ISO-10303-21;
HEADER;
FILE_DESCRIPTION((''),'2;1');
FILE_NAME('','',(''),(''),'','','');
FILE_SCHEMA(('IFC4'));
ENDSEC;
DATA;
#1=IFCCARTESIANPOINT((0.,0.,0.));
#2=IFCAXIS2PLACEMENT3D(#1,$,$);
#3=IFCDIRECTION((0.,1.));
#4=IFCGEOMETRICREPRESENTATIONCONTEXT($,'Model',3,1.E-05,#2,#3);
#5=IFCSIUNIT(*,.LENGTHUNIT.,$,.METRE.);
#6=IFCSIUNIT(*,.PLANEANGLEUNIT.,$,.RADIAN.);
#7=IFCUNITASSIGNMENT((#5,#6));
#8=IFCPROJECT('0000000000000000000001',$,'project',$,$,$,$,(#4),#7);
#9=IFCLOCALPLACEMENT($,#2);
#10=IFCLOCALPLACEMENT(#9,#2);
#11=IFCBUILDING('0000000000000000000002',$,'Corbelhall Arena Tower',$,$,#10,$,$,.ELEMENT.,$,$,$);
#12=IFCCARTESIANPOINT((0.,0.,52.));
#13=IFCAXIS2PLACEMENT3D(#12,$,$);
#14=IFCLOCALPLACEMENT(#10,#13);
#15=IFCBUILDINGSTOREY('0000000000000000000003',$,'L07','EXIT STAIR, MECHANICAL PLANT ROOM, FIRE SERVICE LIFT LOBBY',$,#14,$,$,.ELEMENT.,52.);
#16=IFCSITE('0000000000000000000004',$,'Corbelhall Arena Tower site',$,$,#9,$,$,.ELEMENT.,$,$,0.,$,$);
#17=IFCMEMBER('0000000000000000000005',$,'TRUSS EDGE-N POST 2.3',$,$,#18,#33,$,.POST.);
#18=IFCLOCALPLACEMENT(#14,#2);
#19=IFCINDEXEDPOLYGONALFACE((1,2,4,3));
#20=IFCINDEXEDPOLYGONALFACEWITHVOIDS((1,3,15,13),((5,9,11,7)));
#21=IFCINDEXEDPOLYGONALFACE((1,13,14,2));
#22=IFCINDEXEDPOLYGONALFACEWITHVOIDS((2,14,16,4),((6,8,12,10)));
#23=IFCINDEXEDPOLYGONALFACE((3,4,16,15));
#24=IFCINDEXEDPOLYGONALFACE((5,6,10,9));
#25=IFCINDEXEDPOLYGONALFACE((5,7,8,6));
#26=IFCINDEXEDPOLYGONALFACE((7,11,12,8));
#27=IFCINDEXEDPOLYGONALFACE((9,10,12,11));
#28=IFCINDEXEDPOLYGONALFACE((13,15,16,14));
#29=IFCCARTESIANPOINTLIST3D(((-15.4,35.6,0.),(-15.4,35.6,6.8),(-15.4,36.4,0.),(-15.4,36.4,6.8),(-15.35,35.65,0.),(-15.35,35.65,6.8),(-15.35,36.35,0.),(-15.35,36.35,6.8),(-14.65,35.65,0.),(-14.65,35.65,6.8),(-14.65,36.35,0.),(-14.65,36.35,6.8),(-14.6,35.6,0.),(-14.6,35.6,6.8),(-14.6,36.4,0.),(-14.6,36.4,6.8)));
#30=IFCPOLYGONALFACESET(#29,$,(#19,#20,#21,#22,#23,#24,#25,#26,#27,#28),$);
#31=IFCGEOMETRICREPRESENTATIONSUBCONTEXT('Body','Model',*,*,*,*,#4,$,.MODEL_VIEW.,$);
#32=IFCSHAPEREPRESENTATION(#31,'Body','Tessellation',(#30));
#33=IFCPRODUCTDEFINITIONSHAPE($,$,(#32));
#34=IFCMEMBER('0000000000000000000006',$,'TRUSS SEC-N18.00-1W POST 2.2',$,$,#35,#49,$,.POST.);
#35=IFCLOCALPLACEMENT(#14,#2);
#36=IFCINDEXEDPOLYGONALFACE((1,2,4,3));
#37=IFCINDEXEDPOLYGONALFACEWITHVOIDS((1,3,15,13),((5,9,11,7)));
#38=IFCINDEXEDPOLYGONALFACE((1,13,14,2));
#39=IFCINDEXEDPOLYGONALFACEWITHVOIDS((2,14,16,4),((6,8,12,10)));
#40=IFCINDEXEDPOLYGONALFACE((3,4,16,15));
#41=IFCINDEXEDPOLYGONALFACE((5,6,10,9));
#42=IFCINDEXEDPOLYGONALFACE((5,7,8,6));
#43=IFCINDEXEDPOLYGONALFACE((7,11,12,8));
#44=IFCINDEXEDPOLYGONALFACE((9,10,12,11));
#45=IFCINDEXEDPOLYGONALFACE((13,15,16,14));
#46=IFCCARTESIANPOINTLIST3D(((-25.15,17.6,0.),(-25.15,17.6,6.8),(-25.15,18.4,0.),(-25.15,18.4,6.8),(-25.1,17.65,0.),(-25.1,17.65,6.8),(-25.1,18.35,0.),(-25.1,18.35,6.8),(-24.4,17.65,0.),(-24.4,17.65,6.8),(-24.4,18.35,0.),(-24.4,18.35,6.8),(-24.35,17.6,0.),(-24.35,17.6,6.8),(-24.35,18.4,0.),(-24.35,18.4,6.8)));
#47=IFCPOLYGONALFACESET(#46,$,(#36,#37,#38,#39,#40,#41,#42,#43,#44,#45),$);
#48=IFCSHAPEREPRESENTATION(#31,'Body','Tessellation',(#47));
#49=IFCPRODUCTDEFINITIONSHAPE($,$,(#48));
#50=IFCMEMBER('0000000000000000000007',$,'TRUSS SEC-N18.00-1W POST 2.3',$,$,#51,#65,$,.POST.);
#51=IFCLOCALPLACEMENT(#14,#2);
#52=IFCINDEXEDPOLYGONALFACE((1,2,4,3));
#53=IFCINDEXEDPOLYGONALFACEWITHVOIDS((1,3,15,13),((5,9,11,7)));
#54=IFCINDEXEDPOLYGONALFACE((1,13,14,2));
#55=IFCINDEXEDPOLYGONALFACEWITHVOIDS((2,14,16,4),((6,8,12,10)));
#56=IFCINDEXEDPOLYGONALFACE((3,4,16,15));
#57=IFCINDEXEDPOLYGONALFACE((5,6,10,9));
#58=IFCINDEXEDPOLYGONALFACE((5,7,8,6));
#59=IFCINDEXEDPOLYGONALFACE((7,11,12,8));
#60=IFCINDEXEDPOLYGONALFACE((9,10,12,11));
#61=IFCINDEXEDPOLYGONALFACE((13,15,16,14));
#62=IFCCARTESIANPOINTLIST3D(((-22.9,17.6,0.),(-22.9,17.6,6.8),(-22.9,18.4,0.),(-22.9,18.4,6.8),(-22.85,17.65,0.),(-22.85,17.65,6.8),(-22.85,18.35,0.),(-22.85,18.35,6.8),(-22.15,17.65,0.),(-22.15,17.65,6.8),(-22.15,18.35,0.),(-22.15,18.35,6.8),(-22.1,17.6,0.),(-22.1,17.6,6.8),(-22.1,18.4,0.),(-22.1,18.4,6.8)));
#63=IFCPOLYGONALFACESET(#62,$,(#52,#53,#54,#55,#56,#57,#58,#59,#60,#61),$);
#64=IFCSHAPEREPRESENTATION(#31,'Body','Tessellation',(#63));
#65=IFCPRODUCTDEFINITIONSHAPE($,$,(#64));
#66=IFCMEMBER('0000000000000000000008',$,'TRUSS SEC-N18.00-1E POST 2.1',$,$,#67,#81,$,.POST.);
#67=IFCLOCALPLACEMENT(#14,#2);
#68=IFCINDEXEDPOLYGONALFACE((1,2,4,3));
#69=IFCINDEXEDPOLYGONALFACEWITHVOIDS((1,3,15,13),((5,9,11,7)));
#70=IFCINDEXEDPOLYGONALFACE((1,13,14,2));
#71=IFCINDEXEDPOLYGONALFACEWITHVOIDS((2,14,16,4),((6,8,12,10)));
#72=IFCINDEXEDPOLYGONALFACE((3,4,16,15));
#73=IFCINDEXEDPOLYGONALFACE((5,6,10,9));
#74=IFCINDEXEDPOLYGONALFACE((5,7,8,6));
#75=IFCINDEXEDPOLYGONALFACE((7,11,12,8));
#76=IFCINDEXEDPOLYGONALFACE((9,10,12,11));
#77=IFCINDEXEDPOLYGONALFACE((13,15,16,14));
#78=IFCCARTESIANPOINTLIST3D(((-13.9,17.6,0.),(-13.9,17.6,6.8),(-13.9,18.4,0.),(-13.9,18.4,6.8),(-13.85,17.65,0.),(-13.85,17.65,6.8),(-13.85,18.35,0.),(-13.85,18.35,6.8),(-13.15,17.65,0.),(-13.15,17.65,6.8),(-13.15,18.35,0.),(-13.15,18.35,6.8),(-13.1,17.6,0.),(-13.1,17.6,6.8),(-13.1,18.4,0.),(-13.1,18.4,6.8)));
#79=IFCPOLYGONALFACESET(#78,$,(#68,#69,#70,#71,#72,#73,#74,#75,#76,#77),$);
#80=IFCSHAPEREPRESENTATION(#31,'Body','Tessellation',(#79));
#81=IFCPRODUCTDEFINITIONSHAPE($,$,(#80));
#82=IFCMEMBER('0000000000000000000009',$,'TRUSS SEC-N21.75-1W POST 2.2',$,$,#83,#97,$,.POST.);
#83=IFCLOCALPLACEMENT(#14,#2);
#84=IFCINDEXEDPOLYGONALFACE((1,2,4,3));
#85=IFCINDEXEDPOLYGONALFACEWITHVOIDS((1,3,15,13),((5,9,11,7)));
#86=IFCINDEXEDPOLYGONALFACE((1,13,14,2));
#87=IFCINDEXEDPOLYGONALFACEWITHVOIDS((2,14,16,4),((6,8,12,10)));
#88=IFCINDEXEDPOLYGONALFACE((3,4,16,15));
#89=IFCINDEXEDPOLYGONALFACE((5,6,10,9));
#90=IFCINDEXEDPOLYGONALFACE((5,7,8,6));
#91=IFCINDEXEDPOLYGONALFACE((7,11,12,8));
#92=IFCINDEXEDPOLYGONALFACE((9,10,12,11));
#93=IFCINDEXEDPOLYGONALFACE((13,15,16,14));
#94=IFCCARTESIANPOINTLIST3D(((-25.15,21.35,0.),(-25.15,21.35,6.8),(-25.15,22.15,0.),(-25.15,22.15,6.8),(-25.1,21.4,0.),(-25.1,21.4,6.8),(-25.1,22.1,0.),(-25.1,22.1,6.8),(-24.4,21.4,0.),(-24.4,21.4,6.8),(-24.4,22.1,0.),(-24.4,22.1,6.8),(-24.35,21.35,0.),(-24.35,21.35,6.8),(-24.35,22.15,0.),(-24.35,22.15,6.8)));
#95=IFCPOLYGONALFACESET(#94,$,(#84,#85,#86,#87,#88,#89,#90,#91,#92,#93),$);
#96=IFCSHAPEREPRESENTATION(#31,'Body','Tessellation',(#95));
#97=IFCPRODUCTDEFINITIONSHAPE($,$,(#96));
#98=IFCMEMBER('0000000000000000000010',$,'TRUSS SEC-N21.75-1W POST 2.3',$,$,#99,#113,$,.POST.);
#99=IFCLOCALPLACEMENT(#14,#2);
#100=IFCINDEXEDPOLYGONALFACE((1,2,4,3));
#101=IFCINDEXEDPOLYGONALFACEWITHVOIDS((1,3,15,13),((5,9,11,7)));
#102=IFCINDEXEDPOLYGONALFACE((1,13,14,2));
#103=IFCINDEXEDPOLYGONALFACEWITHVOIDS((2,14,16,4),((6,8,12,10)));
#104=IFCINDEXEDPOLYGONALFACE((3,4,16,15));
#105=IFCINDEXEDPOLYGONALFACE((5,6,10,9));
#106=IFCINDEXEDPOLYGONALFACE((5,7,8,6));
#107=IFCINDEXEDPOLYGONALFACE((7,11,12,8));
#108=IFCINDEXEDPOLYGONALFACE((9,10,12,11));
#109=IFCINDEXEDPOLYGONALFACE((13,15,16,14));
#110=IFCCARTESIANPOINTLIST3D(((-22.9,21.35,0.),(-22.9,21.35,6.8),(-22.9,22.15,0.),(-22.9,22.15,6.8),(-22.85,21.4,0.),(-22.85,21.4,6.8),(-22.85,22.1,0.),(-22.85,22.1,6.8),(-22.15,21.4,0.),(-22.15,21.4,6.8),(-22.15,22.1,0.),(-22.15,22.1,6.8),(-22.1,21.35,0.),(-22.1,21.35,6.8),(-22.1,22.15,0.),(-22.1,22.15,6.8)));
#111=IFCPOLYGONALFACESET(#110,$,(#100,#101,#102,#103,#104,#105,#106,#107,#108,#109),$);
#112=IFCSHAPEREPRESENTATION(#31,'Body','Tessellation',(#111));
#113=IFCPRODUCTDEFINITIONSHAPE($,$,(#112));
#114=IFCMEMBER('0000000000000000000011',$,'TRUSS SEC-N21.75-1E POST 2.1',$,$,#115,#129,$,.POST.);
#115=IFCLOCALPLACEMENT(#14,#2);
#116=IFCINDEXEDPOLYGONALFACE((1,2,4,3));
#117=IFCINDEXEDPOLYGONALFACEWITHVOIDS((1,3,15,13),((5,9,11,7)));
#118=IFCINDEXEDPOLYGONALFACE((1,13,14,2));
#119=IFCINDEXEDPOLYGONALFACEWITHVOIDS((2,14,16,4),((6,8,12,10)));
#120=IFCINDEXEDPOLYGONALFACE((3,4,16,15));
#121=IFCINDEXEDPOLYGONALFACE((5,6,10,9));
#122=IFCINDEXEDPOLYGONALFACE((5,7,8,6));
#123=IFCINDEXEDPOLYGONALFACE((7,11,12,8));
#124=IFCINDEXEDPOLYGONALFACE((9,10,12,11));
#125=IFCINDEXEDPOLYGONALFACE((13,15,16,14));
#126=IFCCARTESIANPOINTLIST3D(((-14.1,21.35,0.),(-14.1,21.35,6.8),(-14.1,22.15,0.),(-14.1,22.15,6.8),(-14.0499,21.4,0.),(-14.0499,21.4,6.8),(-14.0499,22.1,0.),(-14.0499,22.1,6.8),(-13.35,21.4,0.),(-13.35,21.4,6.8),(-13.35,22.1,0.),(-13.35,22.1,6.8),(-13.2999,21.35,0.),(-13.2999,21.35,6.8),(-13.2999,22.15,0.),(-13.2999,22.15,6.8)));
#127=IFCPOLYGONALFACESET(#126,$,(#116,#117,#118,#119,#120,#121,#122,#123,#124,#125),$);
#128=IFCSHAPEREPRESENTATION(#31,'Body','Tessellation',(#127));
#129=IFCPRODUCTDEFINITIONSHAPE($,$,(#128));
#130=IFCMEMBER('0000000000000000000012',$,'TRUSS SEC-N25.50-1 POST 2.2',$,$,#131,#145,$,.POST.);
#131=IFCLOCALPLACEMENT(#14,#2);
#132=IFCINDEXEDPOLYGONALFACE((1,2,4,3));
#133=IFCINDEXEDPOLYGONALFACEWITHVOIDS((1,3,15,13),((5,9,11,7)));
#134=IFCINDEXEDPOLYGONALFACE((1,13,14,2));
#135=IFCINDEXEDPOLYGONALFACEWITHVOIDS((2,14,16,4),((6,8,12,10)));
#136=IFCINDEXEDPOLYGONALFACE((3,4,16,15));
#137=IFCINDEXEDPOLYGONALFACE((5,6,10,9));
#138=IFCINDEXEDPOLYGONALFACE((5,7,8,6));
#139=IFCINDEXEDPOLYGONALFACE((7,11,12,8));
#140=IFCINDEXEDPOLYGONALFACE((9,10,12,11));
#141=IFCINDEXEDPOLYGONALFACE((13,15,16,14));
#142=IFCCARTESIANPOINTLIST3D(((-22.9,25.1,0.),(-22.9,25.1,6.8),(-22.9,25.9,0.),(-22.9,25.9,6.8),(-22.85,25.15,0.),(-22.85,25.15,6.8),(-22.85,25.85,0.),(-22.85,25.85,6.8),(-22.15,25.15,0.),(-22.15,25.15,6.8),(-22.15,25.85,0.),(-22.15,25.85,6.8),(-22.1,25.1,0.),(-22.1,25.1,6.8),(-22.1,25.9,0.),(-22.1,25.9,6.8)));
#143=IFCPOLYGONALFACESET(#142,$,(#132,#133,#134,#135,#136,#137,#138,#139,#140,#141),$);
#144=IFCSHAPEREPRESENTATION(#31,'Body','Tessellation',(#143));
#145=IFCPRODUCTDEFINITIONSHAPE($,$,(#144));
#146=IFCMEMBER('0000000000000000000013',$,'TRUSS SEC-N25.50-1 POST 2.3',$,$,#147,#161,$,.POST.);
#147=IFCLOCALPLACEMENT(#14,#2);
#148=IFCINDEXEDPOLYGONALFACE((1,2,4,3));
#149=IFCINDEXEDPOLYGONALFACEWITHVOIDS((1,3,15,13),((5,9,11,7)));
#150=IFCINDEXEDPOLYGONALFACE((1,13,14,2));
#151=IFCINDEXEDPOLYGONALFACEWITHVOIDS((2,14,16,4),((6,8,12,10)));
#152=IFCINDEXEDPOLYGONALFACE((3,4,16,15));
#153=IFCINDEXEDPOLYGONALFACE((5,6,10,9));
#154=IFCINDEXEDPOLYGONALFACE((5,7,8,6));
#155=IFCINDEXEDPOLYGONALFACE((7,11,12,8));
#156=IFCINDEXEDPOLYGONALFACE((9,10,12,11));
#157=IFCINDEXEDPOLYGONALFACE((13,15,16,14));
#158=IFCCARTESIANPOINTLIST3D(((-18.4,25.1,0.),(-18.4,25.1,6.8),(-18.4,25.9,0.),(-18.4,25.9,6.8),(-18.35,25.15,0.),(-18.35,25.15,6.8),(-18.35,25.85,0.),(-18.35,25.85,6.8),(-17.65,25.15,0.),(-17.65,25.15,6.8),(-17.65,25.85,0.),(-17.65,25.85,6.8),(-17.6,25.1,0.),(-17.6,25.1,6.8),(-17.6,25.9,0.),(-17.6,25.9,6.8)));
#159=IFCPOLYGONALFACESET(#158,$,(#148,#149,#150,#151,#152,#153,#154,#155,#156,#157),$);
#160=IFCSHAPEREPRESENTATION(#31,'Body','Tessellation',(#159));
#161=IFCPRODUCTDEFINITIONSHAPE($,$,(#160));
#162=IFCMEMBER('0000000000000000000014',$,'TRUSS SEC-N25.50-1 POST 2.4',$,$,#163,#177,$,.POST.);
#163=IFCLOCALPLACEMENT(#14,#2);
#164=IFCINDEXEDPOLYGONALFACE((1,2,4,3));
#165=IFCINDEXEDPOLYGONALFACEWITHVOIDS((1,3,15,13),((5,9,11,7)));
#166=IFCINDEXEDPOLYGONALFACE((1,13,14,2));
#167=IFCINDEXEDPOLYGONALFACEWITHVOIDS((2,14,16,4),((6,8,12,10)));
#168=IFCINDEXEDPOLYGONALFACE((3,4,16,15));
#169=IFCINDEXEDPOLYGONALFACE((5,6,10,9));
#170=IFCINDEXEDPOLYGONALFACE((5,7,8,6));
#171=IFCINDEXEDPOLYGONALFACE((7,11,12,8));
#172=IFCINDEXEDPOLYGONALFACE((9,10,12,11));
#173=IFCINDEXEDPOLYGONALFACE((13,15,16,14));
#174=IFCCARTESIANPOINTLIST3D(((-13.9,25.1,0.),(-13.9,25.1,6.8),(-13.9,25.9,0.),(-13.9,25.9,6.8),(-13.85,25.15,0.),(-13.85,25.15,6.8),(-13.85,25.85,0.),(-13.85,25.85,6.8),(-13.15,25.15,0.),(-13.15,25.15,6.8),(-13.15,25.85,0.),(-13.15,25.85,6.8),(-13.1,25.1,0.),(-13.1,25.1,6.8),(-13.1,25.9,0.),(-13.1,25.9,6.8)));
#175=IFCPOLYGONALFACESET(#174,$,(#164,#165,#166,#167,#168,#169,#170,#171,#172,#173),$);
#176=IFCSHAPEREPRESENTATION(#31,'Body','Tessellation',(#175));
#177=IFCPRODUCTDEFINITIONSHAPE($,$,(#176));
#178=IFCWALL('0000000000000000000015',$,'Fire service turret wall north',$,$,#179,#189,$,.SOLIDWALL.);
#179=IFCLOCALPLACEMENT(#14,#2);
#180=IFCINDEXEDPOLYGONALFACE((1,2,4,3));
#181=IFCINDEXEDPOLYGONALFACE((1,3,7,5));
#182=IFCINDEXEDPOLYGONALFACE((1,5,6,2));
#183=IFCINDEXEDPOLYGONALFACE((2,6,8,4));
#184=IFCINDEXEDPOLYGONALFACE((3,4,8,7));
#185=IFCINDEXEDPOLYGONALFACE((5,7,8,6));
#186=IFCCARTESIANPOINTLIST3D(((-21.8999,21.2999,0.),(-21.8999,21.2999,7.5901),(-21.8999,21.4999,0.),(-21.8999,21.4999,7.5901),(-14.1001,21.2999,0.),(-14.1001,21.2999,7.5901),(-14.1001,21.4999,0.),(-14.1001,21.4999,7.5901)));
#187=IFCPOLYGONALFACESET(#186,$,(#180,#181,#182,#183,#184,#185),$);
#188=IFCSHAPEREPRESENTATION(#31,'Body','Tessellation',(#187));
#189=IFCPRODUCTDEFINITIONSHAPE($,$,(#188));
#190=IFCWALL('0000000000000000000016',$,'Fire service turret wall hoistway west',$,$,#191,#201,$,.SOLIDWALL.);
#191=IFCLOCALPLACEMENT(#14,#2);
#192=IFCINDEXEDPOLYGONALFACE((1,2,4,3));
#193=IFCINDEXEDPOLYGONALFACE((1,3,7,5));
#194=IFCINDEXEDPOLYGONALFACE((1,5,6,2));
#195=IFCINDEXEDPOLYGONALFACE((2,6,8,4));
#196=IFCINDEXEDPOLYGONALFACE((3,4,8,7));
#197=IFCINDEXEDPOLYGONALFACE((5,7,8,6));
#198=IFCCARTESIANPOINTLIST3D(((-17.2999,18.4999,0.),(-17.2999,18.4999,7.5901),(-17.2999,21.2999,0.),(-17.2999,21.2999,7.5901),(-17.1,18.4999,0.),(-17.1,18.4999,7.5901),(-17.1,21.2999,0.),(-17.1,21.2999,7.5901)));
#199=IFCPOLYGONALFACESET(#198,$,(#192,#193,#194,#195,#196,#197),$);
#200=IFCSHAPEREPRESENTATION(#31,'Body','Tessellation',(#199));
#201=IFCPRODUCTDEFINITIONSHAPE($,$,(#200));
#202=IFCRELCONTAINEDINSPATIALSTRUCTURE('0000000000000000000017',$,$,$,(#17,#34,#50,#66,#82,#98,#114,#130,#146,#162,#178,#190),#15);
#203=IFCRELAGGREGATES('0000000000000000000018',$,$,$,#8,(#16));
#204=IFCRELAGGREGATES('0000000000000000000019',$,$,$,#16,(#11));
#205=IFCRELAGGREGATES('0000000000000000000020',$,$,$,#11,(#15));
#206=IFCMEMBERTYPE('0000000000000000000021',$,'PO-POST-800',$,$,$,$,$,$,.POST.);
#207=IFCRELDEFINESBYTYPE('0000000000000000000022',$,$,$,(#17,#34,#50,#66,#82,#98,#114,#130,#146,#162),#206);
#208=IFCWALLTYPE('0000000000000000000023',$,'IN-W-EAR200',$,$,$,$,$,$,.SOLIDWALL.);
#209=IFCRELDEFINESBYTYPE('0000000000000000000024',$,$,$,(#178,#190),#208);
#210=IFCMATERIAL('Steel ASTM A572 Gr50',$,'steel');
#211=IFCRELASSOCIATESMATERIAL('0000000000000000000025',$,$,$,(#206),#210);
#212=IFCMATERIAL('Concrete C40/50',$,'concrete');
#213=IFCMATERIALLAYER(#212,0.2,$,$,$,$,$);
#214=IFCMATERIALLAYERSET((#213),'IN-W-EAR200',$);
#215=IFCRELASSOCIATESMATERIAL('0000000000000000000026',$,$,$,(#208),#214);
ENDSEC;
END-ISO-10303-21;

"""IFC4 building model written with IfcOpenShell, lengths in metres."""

from ifc_helpers import new_model, si_unit, direction, frame, frame_2d, origin, origin_2d, place, context, subcontext, project, spatial, rectangle, hollow_rectangle, extrude, material, layer, layer_set, material_profile, profile_set, type_object, element, save


model = new_model("IFC4")

# Units and contexts
model_context = context("Model", 3, precision=1e-05, world=origin(), true_north=direction((0.0, 1.0)))
body_context = subcontext(model_context, "Body", "Model", "MODEL_VIEW")
ifc_project = project(units=[si_unit("LENGTHUNIT", "METRE"), si_unit("PLANEANGLEUNIT", "RADIAN")], contexts=[model_context])

# Site, building, storey
site_placement = place(None, origin())
site = spatial("IfcSite", under=ifc_project, at=site_placement, Name="Corbelhall Arena Tower site", CompositionType="ELEMENT", RefElevation=0.0)
building_placement = place(site_placement, origin())
building = spatial("IfcBuilding", under=site, at=building_placement, Name="Corbelhall Arena Tower", CompositionType="ELEMENT")
storey_placement = place(building_placement, frame((0.0, 0.0, 52.0)))
storey = spatial("IfcBuildingStorey", under=building, at=storey_placement, Name="L07", Description="EXIT STAIR, MECHANICAL PLANT ROOM, FIRE SERVICE LIFT LOBBY", CompositionType="ELEMENT", Elevation=52.0)

# Members
ifc_material_1 = material(Name="Steel ASTM A572 Gr50", Category="steel")
ifc_material_profile_1 = material_profile(ifc_material_1, hollow_rectangle(XDim=0.8, YDim=0.8, WallThickness=0.05, at=origin_2d()))
ifc_profile_set_1 = profile_set([ifc_material_profile_1], Name="Steel ASTM A572 Gr50")
member_type_1 = type_object("IfcMemberType", Name="PO-POST-800", PredefinedType="POST", material=ifc_profile_set_1)
for number, where, z_axis, x_axis, name in (
    (1, (-15.0, 36.0, 0.0), (0.0, 0.0, 1.0), (1.0, 0.0, 0.0), "TRUSS EDGE-N POST 2.3"),
    (2, (-24.75, 18.0, 0.0), (0.0, 0.0, 1.0), (1.0, 0.0, 0.0), "TRUSS SEC-N18.00-1W POST 2.2"),
    (3, (-22.5, 18.0, 0.0), (0.0, 0.0, 1.0), (1.0, 0.0, 0.0), "TRUSS SEC-N18.00-1W POST 2.3"),
    (4, (-13.5, 18.0, 0.0), (0.0, 0.0, 1.0), (1.0, 0.0, 0.0), "TRUSS SEC-N18.00-1E POST 2.1"),
    (5, (-24.75, 21.75, 0.0), (0.0, 0.0, 1.0), (1.0, 0.0, 0.0), "TRUSS SEC-N21.75-1W POST 2.2"),
    (6, (-22.5, 21.75, 0.0), (0.0, 0.0, 1.0), (1.0, 0.0, 0.0), "TRUSS SEC-N21.75-1W POST 2.3"),
    (7, (-13.7, 21.75, 0.0), (0.0, 0.0, 1.0), (1.0, 0.0, 0.0), "TRUSS SEC-N21.75-1E POST 2.1"),
    (8, (-22.5, 25.5, 0.0), (0.0, 0.0, 1.0), (1.0, 0.0, 0.0), "TRUSS SEC-N25.50-1 POST 2.2"),
    (9, (-18.0, 25.5, 0.0), (0.0, 0.0, 1.0), (1.0, 0.0, 0.0), "TRUSS SEC-N25.50-1 POST 2.3"),
    (10, (-13.5, 25.5, 0.0), (0.0, 0.0, 1.0), (1.0, 0.0, 0.0), "TRUSS SEC-N25.50-1 POST 2.4"),
):
    element("IfcMember", number, at=place(storey_placement, frame(where, z_axis=z_axis, x_axis=x_axis)), inside=storey, type_object=member_type_1, Name=name, PredefinedType="POST", context=body_context, shape_type="SweptSolid", body=[
        extrude(hollow_rectangle(XDim=0.8, YDim=0.8, WallThickness=0.05, at=origin_2d()), origin(), (0.0, 0.0, 1.0), 6.8),
    ])

# Walls
ifc_material_2 = material(Name="Concrete C40/50", Category="concrete")
ifc_layer = layer(ifc_material_2, 0.2)
ifc_layer_set = layer_set([ifc_layer], Name="IN-W-EAR200")
wall_type = type_object("IfcWallType", Name="IN-W-EAR200", PredefinedType="SOLIDWALL", material=ifc_layer_set)
wall_1_placement = place(storey_placement, frame((-21.8999, 21.3999, 0.0), z_axis=(0.0, 0.0, 1.0), x_axis=(1.0, 0.0, 0.0)))
element("IfcWall", 11, at=wall_1_placement, inside=storey, type_object=wall_type, Name="Fire service turret wall north", PredefinedType="SOLIDWALL", context=body_context, shape_type="SweptSolid", body=[
    extrude(rectangle(XDim=7.7998, YDim=0.2, at=frame_2d((3.8999, 0.0))), origin(), (0.0, 0.0, 1.0), 7.5901),
])
wall_2_placement = place(storey_placement, frame((-17.2, 18.5, 0.0), z_axis=(0.0, 0.0, 1.0), x_axis=(0.0, 1.0, 0.0)))
element("IfcWall", 12, at=wall_2_placement, inside=storey, type_object=wall_type, Name="Fire service turret wall hoistway west", PredefinedType="SOLIDWALL", context=body_context, shape_type="SweptSolid", body=[
    extrude(rectangle(XDim=2.8, YDim=0.2, at=frame_2d((1.3999, 0.0))), origin(), (0.0, 0.0, 1.0), 7.5901),
])

save(model, "model.ifc")
